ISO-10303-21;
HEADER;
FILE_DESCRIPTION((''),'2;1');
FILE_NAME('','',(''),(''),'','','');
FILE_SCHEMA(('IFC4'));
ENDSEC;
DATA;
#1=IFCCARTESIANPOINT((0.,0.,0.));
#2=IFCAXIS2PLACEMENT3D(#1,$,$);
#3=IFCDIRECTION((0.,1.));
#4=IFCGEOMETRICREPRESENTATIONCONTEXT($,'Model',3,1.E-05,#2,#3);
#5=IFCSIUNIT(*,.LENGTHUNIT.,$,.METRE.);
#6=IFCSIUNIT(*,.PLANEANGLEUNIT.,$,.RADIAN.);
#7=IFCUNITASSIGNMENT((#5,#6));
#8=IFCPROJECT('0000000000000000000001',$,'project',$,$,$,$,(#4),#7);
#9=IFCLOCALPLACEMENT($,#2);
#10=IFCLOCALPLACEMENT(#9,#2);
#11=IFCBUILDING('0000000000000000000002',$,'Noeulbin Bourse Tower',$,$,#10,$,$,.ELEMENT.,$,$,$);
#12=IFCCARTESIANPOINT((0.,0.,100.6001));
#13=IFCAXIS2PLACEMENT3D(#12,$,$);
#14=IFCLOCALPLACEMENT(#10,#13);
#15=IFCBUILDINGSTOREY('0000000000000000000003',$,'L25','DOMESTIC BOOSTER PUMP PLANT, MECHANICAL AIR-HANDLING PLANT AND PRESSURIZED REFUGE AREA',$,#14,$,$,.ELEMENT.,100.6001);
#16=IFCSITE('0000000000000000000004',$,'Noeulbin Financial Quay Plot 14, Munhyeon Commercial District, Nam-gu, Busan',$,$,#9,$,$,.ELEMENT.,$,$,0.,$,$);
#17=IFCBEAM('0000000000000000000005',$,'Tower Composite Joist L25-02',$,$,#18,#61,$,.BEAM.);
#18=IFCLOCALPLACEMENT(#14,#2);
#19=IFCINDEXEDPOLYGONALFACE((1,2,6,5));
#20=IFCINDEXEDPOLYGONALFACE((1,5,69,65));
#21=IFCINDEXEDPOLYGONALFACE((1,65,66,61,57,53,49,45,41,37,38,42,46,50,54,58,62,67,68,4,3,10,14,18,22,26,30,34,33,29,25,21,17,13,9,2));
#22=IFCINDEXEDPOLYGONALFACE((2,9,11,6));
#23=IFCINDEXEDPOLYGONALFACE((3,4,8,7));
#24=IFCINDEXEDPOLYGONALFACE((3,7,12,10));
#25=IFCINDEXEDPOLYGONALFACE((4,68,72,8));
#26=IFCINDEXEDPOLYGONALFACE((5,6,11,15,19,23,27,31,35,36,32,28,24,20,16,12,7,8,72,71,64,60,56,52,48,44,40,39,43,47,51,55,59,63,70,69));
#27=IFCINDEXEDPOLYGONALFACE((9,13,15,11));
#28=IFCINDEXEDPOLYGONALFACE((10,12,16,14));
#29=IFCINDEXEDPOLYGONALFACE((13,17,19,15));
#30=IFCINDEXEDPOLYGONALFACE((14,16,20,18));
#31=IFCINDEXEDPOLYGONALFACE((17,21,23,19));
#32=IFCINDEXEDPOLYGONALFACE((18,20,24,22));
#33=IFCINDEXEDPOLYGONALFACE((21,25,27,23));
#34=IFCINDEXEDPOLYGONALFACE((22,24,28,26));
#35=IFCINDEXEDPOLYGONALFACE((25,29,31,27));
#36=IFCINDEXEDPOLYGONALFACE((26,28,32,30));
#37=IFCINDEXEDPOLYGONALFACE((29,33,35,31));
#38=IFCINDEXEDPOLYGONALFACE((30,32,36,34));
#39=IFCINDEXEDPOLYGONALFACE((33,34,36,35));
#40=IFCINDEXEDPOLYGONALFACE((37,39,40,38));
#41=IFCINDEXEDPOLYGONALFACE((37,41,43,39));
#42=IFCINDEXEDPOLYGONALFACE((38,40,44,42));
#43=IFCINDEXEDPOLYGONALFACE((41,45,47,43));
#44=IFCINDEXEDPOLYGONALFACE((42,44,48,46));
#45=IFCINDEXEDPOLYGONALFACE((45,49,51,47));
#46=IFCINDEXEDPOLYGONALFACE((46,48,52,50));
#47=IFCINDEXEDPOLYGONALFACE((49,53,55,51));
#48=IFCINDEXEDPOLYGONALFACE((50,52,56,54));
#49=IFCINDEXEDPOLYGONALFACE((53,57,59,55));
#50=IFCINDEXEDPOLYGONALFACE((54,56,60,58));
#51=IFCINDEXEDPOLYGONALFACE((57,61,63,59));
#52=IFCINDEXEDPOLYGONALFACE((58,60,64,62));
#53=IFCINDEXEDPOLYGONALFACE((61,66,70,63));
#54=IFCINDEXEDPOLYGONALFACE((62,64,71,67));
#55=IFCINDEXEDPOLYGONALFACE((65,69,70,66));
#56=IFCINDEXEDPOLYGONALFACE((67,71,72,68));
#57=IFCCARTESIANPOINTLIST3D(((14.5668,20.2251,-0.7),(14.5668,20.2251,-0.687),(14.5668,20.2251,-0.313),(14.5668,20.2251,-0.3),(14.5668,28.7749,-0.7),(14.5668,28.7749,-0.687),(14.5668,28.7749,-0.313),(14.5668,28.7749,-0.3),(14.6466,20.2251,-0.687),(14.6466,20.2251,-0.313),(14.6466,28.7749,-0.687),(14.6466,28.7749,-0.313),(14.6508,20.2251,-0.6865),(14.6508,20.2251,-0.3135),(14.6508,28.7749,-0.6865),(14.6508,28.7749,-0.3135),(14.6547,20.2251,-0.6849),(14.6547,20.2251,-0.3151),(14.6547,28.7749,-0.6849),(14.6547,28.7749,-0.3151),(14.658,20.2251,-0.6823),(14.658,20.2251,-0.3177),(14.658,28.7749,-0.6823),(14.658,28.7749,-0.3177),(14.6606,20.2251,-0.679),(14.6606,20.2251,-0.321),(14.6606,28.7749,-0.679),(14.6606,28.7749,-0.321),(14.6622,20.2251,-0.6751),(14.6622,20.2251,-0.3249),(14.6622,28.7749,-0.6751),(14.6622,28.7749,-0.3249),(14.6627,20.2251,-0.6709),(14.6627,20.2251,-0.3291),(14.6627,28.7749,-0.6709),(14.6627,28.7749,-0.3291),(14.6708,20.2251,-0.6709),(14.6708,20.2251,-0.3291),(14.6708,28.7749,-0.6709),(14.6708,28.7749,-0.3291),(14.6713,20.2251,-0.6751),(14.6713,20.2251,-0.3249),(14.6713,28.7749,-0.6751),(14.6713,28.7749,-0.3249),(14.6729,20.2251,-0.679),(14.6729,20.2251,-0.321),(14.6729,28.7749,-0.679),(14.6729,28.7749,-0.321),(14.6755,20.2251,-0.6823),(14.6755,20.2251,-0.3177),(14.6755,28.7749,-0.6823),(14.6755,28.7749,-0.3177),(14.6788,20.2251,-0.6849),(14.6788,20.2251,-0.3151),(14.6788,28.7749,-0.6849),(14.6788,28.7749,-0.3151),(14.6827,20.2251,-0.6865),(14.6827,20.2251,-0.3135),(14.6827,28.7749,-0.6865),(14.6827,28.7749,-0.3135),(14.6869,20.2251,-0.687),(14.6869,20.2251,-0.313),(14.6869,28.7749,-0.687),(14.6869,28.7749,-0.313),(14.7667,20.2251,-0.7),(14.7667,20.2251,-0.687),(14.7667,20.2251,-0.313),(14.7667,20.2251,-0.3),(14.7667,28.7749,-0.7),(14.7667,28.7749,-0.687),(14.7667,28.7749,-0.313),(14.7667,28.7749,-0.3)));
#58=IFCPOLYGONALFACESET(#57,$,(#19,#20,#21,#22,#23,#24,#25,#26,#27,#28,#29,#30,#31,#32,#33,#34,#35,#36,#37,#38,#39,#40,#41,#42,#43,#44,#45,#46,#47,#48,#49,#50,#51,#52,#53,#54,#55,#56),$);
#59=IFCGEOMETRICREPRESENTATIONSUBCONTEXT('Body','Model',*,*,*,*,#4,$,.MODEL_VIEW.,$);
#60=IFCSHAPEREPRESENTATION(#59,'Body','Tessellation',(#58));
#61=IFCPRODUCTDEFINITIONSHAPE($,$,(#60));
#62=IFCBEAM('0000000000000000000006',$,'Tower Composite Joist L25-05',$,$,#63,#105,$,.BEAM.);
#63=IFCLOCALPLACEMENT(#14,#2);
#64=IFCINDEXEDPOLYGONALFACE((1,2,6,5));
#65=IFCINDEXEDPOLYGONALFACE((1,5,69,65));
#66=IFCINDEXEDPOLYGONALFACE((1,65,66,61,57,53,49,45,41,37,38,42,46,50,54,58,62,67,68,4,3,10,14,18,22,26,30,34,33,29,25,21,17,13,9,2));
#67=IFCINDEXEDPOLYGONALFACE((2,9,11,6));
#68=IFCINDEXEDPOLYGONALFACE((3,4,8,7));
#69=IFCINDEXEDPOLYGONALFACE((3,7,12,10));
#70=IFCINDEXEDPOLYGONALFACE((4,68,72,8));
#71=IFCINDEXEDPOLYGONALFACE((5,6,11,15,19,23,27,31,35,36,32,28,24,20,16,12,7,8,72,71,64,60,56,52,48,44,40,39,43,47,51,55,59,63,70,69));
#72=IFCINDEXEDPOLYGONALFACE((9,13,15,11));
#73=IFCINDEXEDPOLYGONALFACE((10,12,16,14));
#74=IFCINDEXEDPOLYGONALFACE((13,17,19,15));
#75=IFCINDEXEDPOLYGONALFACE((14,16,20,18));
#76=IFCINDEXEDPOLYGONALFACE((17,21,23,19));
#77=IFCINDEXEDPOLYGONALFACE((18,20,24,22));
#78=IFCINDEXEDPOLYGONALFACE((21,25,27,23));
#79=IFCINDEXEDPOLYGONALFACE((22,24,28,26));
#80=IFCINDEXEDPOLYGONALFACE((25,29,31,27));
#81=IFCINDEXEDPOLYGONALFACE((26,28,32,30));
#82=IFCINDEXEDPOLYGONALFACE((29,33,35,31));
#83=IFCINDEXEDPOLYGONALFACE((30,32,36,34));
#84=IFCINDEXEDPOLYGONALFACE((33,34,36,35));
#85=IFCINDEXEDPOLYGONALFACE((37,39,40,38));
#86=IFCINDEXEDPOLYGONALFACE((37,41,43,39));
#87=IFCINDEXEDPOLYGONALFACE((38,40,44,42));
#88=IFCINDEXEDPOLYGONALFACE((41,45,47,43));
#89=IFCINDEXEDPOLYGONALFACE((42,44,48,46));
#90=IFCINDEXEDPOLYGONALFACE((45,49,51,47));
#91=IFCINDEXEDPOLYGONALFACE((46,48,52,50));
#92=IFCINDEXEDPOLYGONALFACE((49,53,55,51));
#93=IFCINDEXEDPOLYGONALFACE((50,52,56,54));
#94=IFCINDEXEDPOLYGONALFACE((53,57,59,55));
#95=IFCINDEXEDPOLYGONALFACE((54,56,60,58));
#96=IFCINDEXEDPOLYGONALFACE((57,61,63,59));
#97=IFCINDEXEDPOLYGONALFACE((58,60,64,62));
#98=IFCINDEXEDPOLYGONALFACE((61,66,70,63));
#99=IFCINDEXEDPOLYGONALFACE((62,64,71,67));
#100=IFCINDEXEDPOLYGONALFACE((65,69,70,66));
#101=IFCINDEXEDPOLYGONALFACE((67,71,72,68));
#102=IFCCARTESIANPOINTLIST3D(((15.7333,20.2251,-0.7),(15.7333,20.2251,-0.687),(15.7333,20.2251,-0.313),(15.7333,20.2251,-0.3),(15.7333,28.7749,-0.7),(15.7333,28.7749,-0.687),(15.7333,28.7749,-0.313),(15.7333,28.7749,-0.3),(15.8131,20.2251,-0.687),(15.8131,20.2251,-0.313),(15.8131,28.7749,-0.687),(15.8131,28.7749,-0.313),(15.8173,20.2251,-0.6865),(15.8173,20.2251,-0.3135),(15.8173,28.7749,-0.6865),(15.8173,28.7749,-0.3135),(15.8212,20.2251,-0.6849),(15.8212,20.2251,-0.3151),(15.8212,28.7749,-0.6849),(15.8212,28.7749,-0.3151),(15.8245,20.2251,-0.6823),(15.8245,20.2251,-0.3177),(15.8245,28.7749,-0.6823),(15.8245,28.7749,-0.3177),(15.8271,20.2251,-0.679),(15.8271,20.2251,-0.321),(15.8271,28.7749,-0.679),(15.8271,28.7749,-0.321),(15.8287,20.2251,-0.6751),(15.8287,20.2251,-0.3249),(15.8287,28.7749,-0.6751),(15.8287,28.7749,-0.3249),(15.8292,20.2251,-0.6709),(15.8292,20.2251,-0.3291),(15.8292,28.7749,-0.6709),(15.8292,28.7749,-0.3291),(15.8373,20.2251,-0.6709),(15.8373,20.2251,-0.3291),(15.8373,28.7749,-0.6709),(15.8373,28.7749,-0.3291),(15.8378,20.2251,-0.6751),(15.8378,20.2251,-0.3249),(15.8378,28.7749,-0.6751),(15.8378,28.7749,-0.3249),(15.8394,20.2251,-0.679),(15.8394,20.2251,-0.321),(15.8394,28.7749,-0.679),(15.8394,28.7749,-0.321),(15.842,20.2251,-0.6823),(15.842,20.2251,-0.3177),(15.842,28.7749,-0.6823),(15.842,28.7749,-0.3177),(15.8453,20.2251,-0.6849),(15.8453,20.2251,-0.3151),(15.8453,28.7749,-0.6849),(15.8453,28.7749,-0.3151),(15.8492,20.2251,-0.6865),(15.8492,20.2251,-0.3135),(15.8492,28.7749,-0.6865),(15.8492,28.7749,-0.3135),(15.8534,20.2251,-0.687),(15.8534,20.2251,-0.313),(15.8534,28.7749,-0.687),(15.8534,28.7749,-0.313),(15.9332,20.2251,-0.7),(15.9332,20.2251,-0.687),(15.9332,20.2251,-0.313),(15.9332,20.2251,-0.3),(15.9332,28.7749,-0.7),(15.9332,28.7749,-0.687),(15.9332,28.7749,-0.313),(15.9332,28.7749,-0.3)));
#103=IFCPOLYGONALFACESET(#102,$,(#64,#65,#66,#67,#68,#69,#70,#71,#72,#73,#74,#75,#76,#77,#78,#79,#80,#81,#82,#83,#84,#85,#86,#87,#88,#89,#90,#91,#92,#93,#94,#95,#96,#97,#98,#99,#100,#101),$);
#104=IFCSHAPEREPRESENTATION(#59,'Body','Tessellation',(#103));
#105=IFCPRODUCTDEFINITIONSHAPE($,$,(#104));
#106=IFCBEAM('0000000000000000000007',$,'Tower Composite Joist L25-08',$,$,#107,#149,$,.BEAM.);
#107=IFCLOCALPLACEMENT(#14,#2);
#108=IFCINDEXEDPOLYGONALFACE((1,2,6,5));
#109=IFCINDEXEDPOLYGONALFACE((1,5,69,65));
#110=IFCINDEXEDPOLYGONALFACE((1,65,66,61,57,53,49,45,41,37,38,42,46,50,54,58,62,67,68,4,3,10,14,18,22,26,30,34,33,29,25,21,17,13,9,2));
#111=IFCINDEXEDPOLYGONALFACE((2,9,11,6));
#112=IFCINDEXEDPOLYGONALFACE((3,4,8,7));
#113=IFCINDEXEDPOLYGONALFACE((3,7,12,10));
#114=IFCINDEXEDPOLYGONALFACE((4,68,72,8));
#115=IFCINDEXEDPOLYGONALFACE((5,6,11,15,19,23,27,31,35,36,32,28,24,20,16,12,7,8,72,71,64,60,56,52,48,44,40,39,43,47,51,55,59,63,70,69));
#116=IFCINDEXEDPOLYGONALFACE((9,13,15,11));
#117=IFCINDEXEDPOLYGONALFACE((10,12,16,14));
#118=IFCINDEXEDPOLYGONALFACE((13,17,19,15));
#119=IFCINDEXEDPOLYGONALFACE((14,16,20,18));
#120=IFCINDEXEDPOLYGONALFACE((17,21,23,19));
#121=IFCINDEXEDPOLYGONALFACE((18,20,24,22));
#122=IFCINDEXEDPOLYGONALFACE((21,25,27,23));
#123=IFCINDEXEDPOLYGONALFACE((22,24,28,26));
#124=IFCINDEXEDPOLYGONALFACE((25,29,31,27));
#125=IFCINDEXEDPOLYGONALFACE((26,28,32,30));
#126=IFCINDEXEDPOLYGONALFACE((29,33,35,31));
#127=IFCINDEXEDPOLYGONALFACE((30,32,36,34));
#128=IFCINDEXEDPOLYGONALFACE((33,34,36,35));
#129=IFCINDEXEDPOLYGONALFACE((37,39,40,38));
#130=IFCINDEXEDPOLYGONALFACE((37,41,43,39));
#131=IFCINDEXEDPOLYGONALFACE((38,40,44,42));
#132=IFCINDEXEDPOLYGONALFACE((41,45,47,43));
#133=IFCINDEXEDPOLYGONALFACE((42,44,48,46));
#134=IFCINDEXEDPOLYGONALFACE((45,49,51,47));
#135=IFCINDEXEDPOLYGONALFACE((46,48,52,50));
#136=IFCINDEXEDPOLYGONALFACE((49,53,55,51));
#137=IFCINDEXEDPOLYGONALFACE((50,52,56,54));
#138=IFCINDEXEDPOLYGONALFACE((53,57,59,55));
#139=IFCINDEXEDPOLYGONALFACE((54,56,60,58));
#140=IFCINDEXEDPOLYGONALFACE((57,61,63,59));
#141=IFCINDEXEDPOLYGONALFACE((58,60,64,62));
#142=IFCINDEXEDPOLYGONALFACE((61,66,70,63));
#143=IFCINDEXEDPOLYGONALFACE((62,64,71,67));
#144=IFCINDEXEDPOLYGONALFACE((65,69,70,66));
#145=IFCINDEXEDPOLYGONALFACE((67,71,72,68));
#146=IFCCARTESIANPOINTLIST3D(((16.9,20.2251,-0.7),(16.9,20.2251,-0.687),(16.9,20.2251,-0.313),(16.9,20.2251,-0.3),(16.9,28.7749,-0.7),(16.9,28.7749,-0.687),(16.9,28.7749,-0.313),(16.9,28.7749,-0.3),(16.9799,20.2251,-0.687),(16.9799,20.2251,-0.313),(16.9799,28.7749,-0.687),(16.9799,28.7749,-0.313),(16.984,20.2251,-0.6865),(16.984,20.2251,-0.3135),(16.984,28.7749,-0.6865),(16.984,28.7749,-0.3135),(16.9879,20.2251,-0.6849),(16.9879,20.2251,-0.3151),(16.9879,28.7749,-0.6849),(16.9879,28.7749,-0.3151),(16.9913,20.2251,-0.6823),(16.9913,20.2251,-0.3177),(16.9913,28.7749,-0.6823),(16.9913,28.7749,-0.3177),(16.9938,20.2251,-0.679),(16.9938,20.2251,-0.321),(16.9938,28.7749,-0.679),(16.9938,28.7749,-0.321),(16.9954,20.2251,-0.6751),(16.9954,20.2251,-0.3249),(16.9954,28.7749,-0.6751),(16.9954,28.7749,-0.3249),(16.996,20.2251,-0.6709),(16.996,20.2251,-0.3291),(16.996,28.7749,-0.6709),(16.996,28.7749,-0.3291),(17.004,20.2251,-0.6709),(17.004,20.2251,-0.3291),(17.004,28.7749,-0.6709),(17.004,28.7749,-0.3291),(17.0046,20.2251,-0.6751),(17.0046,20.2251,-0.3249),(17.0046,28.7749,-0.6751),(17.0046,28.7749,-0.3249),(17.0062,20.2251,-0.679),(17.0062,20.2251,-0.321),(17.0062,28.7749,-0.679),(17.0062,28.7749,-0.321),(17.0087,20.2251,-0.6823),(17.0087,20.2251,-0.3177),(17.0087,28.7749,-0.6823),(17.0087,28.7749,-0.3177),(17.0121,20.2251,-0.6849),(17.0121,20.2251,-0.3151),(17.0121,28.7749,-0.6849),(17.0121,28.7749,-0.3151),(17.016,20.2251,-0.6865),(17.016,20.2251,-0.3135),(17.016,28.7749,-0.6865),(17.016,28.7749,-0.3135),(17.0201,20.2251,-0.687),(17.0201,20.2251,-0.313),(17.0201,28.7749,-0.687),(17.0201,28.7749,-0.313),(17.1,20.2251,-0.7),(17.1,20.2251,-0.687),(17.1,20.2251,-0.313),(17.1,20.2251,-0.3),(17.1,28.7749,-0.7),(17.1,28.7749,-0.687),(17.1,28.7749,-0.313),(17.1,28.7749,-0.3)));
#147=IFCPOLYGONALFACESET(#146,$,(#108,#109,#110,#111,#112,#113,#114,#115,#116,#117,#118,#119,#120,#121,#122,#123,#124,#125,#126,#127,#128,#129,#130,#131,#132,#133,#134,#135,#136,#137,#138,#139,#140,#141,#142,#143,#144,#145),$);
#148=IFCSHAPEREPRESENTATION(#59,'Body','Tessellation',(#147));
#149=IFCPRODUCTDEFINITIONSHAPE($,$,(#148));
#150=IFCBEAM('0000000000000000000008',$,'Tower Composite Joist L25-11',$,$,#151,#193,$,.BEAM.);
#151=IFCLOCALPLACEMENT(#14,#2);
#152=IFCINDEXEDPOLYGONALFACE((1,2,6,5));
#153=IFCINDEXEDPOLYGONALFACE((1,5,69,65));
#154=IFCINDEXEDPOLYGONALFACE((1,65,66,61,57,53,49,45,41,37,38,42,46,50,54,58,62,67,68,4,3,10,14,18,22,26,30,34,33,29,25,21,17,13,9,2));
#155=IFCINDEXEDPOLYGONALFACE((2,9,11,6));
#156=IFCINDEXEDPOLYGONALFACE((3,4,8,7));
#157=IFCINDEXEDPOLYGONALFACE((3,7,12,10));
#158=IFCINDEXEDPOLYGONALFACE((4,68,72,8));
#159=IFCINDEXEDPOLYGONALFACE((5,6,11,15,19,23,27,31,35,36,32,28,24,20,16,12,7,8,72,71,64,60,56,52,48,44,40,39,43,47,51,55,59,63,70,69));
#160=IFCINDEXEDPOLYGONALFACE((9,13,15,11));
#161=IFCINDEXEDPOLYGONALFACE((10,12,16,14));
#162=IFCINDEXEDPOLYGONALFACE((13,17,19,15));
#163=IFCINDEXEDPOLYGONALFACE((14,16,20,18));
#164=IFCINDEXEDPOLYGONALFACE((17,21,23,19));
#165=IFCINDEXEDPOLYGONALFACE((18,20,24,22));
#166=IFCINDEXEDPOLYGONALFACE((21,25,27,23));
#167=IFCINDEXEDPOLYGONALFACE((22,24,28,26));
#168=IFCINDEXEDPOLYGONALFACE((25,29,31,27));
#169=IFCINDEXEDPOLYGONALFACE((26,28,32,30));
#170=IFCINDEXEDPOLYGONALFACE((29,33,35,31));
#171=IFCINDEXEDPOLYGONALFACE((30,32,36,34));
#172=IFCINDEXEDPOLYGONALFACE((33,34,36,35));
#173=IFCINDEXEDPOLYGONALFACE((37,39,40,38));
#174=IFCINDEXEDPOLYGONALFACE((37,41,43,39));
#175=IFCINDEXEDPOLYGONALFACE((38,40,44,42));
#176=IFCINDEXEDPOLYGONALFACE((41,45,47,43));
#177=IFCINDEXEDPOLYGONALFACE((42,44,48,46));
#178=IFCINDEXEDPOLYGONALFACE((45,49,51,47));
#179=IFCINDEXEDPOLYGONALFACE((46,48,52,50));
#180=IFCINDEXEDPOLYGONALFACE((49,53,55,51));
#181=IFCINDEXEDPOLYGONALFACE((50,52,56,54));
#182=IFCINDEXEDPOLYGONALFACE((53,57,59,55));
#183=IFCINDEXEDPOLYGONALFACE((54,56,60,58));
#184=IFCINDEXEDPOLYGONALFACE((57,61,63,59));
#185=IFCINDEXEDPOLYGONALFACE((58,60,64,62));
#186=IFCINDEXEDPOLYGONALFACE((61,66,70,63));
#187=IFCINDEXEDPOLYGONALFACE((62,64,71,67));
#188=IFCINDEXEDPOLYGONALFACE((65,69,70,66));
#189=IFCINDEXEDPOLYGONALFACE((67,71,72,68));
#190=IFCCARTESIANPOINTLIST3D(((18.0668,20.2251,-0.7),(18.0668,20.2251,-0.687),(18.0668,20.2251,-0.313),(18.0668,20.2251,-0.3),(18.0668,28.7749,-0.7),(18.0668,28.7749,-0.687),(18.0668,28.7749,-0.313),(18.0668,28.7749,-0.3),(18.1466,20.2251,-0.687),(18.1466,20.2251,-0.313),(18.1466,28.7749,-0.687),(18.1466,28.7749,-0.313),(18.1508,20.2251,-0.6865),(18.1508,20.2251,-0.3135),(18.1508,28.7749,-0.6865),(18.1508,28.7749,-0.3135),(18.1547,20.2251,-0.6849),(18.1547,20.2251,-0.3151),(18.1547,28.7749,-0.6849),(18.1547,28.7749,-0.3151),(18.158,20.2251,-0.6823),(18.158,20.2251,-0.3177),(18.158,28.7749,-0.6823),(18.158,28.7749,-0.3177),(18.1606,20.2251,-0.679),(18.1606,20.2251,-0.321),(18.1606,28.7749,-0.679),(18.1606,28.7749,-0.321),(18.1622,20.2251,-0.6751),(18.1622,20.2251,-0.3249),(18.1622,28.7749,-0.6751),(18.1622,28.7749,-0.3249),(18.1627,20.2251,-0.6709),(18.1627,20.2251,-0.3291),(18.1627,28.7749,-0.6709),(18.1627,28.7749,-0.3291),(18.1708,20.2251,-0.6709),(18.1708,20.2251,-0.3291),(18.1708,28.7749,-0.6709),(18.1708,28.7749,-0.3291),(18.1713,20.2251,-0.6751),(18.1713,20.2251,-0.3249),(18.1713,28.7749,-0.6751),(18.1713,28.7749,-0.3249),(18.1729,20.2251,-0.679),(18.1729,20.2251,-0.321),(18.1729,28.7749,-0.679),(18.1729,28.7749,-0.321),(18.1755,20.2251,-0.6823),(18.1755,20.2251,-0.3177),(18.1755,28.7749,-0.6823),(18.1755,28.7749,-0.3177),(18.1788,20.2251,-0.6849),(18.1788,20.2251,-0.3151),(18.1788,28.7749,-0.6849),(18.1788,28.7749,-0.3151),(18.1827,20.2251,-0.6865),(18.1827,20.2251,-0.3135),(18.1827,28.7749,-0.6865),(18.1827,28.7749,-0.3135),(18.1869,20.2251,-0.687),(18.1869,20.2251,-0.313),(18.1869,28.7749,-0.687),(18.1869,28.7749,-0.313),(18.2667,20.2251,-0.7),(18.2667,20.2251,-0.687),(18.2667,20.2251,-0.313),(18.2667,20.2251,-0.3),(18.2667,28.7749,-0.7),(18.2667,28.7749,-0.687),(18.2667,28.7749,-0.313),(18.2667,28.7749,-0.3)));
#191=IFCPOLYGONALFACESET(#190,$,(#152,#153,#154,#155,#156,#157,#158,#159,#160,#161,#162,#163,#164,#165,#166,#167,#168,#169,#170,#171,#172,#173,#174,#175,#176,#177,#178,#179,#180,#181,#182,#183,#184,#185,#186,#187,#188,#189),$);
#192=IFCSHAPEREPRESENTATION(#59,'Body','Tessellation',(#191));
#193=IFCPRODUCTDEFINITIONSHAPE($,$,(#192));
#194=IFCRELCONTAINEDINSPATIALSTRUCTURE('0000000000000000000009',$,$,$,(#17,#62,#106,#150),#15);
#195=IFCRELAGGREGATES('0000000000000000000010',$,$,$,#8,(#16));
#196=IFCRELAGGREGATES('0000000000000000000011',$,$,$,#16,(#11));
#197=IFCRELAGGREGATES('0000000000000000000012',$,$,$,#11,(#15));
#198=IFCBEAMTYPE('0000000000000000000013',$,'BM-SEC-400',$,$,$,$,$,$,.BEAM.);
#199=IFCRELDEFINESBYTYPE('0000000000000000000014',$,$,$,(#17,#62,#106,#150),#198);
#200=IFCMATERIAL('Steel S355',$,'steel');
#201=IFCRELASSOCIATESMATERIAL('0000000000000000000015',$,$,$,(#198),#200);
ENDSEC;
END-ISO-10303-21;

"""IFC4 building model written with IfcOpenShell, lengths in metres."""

from ifc_helpers import new_model, si_unit, direction, frame, origin, origin_2d, place, context, subcontext, project, spatial, i_section, extrude, material, material_profile, profile_set, type_object, element, save


model = new_model("IFC4")

# Units and contexts
model_context = context("Model", 3, precision=1e-05, world=origin(), true_north=direction((0.0, 1.0)))
body_context = subcontext(model_context, "Body", "Model", "MODEL_VIEW")
ifc_project = project(units=[si_unit("LENGTHUNIT", "METRE"), si_unit("PLANEANGLEUNIT", "RADIAN")], contexts=[model_context])

# Site, building, storey
site_placement = place(None, origin())
site = spatial("IfcSite", under=ifc_project, at=site_placement, Name="Noeulbin Financial Quay Plot 14, Munhyeon Commercial District, Nam-gu, Busan", CompositionType="ELEMENT", RefElevation=0.0)
building_placement = place(site_placement, origin())
building = spatial("IfcBuilding", under=site, at=building_placement, Name="Noeulbin Bourse Tower", CompositionType="ELEMENT")
storey_placement = place(building_placement, frame((0.0, 0.0, 100.6001)))
storey = spatial("IfcBuildingStorey", under=building, at=storey_placement, Name="L25", Description="DOMESTIC BOOSTER PUMP PLANT, MECHANICAL AIR-HANDLING PLANT AND PRESSURIZED REFUGE AREA", CompositionType="ELEMENT", Elevation=100.6001)

# Beams
ifc_material_1 = material(Name="Steel S355", Category="steel")
ifc_material_profile_1 = material_profile(ifc_material_1, i_section(OverallWidth=0.2, OverallDepth=0.3999, WebThickness=0.0081, FlangeThickness=0.0129, FilletRadius=0.0161, at=origin_2d()), Name="H-400x200x8x13", Category="LoadBearing")
ifc_profile_set_1 = profile_set([ifc_material_profile_1], Name="Steel S355")
beam_type_1 = type_object("IfcBeamType", Name="BM-SEC-400", PredefinedType="BEAM", material=ifc_profile_set_1)
for number, where, z_axis, x_axis, name in (
    (1, (14.6667, 20.2251, -0.5), (0.0, 1.0, 0.0), (-1.0, 0.0, 0.0), "Tower Composite Joist L25-02"),
    (2, (15.8333, 20.2251, -0.5), (0.0, 1.0, 0.0), (-1.0, 0.0, 0.0), "Tower Composite Joist L25-05"),
    (3, (17.0, 20.2251, -0.5), (0.0, 1.0, 0.0), (-1.0, 0.0, 0.0), "Tower Composite Joist L25-08"),
    (4, (18.1667, 20.2251, -0.5), (0.0, 1.0, 0.0), (-1.0, 0.0, 0.0), "Tower Composite Joist L25-11"),
):
    element("IfcBeam", number, at=place(storey_placement, frame(where, z_axis=z_axis, x_axis=x_axis)), inside=storey, type_object=beam_type_1, Name=name, PredefinedType="BEAM", context=body_context, shape_type="SweptSolid", body=[
        extrude(i_section(OverallWidth=0.2, OverallDepth=0.3999, WebThickness=0.0081, FlangeThickness=0.0129, FilletRadius=0.0161, at=origin_2d()), origin(), (0.0, 0.0, 1.0), 8.5498),
    ])

save(model, "model.ifc")
